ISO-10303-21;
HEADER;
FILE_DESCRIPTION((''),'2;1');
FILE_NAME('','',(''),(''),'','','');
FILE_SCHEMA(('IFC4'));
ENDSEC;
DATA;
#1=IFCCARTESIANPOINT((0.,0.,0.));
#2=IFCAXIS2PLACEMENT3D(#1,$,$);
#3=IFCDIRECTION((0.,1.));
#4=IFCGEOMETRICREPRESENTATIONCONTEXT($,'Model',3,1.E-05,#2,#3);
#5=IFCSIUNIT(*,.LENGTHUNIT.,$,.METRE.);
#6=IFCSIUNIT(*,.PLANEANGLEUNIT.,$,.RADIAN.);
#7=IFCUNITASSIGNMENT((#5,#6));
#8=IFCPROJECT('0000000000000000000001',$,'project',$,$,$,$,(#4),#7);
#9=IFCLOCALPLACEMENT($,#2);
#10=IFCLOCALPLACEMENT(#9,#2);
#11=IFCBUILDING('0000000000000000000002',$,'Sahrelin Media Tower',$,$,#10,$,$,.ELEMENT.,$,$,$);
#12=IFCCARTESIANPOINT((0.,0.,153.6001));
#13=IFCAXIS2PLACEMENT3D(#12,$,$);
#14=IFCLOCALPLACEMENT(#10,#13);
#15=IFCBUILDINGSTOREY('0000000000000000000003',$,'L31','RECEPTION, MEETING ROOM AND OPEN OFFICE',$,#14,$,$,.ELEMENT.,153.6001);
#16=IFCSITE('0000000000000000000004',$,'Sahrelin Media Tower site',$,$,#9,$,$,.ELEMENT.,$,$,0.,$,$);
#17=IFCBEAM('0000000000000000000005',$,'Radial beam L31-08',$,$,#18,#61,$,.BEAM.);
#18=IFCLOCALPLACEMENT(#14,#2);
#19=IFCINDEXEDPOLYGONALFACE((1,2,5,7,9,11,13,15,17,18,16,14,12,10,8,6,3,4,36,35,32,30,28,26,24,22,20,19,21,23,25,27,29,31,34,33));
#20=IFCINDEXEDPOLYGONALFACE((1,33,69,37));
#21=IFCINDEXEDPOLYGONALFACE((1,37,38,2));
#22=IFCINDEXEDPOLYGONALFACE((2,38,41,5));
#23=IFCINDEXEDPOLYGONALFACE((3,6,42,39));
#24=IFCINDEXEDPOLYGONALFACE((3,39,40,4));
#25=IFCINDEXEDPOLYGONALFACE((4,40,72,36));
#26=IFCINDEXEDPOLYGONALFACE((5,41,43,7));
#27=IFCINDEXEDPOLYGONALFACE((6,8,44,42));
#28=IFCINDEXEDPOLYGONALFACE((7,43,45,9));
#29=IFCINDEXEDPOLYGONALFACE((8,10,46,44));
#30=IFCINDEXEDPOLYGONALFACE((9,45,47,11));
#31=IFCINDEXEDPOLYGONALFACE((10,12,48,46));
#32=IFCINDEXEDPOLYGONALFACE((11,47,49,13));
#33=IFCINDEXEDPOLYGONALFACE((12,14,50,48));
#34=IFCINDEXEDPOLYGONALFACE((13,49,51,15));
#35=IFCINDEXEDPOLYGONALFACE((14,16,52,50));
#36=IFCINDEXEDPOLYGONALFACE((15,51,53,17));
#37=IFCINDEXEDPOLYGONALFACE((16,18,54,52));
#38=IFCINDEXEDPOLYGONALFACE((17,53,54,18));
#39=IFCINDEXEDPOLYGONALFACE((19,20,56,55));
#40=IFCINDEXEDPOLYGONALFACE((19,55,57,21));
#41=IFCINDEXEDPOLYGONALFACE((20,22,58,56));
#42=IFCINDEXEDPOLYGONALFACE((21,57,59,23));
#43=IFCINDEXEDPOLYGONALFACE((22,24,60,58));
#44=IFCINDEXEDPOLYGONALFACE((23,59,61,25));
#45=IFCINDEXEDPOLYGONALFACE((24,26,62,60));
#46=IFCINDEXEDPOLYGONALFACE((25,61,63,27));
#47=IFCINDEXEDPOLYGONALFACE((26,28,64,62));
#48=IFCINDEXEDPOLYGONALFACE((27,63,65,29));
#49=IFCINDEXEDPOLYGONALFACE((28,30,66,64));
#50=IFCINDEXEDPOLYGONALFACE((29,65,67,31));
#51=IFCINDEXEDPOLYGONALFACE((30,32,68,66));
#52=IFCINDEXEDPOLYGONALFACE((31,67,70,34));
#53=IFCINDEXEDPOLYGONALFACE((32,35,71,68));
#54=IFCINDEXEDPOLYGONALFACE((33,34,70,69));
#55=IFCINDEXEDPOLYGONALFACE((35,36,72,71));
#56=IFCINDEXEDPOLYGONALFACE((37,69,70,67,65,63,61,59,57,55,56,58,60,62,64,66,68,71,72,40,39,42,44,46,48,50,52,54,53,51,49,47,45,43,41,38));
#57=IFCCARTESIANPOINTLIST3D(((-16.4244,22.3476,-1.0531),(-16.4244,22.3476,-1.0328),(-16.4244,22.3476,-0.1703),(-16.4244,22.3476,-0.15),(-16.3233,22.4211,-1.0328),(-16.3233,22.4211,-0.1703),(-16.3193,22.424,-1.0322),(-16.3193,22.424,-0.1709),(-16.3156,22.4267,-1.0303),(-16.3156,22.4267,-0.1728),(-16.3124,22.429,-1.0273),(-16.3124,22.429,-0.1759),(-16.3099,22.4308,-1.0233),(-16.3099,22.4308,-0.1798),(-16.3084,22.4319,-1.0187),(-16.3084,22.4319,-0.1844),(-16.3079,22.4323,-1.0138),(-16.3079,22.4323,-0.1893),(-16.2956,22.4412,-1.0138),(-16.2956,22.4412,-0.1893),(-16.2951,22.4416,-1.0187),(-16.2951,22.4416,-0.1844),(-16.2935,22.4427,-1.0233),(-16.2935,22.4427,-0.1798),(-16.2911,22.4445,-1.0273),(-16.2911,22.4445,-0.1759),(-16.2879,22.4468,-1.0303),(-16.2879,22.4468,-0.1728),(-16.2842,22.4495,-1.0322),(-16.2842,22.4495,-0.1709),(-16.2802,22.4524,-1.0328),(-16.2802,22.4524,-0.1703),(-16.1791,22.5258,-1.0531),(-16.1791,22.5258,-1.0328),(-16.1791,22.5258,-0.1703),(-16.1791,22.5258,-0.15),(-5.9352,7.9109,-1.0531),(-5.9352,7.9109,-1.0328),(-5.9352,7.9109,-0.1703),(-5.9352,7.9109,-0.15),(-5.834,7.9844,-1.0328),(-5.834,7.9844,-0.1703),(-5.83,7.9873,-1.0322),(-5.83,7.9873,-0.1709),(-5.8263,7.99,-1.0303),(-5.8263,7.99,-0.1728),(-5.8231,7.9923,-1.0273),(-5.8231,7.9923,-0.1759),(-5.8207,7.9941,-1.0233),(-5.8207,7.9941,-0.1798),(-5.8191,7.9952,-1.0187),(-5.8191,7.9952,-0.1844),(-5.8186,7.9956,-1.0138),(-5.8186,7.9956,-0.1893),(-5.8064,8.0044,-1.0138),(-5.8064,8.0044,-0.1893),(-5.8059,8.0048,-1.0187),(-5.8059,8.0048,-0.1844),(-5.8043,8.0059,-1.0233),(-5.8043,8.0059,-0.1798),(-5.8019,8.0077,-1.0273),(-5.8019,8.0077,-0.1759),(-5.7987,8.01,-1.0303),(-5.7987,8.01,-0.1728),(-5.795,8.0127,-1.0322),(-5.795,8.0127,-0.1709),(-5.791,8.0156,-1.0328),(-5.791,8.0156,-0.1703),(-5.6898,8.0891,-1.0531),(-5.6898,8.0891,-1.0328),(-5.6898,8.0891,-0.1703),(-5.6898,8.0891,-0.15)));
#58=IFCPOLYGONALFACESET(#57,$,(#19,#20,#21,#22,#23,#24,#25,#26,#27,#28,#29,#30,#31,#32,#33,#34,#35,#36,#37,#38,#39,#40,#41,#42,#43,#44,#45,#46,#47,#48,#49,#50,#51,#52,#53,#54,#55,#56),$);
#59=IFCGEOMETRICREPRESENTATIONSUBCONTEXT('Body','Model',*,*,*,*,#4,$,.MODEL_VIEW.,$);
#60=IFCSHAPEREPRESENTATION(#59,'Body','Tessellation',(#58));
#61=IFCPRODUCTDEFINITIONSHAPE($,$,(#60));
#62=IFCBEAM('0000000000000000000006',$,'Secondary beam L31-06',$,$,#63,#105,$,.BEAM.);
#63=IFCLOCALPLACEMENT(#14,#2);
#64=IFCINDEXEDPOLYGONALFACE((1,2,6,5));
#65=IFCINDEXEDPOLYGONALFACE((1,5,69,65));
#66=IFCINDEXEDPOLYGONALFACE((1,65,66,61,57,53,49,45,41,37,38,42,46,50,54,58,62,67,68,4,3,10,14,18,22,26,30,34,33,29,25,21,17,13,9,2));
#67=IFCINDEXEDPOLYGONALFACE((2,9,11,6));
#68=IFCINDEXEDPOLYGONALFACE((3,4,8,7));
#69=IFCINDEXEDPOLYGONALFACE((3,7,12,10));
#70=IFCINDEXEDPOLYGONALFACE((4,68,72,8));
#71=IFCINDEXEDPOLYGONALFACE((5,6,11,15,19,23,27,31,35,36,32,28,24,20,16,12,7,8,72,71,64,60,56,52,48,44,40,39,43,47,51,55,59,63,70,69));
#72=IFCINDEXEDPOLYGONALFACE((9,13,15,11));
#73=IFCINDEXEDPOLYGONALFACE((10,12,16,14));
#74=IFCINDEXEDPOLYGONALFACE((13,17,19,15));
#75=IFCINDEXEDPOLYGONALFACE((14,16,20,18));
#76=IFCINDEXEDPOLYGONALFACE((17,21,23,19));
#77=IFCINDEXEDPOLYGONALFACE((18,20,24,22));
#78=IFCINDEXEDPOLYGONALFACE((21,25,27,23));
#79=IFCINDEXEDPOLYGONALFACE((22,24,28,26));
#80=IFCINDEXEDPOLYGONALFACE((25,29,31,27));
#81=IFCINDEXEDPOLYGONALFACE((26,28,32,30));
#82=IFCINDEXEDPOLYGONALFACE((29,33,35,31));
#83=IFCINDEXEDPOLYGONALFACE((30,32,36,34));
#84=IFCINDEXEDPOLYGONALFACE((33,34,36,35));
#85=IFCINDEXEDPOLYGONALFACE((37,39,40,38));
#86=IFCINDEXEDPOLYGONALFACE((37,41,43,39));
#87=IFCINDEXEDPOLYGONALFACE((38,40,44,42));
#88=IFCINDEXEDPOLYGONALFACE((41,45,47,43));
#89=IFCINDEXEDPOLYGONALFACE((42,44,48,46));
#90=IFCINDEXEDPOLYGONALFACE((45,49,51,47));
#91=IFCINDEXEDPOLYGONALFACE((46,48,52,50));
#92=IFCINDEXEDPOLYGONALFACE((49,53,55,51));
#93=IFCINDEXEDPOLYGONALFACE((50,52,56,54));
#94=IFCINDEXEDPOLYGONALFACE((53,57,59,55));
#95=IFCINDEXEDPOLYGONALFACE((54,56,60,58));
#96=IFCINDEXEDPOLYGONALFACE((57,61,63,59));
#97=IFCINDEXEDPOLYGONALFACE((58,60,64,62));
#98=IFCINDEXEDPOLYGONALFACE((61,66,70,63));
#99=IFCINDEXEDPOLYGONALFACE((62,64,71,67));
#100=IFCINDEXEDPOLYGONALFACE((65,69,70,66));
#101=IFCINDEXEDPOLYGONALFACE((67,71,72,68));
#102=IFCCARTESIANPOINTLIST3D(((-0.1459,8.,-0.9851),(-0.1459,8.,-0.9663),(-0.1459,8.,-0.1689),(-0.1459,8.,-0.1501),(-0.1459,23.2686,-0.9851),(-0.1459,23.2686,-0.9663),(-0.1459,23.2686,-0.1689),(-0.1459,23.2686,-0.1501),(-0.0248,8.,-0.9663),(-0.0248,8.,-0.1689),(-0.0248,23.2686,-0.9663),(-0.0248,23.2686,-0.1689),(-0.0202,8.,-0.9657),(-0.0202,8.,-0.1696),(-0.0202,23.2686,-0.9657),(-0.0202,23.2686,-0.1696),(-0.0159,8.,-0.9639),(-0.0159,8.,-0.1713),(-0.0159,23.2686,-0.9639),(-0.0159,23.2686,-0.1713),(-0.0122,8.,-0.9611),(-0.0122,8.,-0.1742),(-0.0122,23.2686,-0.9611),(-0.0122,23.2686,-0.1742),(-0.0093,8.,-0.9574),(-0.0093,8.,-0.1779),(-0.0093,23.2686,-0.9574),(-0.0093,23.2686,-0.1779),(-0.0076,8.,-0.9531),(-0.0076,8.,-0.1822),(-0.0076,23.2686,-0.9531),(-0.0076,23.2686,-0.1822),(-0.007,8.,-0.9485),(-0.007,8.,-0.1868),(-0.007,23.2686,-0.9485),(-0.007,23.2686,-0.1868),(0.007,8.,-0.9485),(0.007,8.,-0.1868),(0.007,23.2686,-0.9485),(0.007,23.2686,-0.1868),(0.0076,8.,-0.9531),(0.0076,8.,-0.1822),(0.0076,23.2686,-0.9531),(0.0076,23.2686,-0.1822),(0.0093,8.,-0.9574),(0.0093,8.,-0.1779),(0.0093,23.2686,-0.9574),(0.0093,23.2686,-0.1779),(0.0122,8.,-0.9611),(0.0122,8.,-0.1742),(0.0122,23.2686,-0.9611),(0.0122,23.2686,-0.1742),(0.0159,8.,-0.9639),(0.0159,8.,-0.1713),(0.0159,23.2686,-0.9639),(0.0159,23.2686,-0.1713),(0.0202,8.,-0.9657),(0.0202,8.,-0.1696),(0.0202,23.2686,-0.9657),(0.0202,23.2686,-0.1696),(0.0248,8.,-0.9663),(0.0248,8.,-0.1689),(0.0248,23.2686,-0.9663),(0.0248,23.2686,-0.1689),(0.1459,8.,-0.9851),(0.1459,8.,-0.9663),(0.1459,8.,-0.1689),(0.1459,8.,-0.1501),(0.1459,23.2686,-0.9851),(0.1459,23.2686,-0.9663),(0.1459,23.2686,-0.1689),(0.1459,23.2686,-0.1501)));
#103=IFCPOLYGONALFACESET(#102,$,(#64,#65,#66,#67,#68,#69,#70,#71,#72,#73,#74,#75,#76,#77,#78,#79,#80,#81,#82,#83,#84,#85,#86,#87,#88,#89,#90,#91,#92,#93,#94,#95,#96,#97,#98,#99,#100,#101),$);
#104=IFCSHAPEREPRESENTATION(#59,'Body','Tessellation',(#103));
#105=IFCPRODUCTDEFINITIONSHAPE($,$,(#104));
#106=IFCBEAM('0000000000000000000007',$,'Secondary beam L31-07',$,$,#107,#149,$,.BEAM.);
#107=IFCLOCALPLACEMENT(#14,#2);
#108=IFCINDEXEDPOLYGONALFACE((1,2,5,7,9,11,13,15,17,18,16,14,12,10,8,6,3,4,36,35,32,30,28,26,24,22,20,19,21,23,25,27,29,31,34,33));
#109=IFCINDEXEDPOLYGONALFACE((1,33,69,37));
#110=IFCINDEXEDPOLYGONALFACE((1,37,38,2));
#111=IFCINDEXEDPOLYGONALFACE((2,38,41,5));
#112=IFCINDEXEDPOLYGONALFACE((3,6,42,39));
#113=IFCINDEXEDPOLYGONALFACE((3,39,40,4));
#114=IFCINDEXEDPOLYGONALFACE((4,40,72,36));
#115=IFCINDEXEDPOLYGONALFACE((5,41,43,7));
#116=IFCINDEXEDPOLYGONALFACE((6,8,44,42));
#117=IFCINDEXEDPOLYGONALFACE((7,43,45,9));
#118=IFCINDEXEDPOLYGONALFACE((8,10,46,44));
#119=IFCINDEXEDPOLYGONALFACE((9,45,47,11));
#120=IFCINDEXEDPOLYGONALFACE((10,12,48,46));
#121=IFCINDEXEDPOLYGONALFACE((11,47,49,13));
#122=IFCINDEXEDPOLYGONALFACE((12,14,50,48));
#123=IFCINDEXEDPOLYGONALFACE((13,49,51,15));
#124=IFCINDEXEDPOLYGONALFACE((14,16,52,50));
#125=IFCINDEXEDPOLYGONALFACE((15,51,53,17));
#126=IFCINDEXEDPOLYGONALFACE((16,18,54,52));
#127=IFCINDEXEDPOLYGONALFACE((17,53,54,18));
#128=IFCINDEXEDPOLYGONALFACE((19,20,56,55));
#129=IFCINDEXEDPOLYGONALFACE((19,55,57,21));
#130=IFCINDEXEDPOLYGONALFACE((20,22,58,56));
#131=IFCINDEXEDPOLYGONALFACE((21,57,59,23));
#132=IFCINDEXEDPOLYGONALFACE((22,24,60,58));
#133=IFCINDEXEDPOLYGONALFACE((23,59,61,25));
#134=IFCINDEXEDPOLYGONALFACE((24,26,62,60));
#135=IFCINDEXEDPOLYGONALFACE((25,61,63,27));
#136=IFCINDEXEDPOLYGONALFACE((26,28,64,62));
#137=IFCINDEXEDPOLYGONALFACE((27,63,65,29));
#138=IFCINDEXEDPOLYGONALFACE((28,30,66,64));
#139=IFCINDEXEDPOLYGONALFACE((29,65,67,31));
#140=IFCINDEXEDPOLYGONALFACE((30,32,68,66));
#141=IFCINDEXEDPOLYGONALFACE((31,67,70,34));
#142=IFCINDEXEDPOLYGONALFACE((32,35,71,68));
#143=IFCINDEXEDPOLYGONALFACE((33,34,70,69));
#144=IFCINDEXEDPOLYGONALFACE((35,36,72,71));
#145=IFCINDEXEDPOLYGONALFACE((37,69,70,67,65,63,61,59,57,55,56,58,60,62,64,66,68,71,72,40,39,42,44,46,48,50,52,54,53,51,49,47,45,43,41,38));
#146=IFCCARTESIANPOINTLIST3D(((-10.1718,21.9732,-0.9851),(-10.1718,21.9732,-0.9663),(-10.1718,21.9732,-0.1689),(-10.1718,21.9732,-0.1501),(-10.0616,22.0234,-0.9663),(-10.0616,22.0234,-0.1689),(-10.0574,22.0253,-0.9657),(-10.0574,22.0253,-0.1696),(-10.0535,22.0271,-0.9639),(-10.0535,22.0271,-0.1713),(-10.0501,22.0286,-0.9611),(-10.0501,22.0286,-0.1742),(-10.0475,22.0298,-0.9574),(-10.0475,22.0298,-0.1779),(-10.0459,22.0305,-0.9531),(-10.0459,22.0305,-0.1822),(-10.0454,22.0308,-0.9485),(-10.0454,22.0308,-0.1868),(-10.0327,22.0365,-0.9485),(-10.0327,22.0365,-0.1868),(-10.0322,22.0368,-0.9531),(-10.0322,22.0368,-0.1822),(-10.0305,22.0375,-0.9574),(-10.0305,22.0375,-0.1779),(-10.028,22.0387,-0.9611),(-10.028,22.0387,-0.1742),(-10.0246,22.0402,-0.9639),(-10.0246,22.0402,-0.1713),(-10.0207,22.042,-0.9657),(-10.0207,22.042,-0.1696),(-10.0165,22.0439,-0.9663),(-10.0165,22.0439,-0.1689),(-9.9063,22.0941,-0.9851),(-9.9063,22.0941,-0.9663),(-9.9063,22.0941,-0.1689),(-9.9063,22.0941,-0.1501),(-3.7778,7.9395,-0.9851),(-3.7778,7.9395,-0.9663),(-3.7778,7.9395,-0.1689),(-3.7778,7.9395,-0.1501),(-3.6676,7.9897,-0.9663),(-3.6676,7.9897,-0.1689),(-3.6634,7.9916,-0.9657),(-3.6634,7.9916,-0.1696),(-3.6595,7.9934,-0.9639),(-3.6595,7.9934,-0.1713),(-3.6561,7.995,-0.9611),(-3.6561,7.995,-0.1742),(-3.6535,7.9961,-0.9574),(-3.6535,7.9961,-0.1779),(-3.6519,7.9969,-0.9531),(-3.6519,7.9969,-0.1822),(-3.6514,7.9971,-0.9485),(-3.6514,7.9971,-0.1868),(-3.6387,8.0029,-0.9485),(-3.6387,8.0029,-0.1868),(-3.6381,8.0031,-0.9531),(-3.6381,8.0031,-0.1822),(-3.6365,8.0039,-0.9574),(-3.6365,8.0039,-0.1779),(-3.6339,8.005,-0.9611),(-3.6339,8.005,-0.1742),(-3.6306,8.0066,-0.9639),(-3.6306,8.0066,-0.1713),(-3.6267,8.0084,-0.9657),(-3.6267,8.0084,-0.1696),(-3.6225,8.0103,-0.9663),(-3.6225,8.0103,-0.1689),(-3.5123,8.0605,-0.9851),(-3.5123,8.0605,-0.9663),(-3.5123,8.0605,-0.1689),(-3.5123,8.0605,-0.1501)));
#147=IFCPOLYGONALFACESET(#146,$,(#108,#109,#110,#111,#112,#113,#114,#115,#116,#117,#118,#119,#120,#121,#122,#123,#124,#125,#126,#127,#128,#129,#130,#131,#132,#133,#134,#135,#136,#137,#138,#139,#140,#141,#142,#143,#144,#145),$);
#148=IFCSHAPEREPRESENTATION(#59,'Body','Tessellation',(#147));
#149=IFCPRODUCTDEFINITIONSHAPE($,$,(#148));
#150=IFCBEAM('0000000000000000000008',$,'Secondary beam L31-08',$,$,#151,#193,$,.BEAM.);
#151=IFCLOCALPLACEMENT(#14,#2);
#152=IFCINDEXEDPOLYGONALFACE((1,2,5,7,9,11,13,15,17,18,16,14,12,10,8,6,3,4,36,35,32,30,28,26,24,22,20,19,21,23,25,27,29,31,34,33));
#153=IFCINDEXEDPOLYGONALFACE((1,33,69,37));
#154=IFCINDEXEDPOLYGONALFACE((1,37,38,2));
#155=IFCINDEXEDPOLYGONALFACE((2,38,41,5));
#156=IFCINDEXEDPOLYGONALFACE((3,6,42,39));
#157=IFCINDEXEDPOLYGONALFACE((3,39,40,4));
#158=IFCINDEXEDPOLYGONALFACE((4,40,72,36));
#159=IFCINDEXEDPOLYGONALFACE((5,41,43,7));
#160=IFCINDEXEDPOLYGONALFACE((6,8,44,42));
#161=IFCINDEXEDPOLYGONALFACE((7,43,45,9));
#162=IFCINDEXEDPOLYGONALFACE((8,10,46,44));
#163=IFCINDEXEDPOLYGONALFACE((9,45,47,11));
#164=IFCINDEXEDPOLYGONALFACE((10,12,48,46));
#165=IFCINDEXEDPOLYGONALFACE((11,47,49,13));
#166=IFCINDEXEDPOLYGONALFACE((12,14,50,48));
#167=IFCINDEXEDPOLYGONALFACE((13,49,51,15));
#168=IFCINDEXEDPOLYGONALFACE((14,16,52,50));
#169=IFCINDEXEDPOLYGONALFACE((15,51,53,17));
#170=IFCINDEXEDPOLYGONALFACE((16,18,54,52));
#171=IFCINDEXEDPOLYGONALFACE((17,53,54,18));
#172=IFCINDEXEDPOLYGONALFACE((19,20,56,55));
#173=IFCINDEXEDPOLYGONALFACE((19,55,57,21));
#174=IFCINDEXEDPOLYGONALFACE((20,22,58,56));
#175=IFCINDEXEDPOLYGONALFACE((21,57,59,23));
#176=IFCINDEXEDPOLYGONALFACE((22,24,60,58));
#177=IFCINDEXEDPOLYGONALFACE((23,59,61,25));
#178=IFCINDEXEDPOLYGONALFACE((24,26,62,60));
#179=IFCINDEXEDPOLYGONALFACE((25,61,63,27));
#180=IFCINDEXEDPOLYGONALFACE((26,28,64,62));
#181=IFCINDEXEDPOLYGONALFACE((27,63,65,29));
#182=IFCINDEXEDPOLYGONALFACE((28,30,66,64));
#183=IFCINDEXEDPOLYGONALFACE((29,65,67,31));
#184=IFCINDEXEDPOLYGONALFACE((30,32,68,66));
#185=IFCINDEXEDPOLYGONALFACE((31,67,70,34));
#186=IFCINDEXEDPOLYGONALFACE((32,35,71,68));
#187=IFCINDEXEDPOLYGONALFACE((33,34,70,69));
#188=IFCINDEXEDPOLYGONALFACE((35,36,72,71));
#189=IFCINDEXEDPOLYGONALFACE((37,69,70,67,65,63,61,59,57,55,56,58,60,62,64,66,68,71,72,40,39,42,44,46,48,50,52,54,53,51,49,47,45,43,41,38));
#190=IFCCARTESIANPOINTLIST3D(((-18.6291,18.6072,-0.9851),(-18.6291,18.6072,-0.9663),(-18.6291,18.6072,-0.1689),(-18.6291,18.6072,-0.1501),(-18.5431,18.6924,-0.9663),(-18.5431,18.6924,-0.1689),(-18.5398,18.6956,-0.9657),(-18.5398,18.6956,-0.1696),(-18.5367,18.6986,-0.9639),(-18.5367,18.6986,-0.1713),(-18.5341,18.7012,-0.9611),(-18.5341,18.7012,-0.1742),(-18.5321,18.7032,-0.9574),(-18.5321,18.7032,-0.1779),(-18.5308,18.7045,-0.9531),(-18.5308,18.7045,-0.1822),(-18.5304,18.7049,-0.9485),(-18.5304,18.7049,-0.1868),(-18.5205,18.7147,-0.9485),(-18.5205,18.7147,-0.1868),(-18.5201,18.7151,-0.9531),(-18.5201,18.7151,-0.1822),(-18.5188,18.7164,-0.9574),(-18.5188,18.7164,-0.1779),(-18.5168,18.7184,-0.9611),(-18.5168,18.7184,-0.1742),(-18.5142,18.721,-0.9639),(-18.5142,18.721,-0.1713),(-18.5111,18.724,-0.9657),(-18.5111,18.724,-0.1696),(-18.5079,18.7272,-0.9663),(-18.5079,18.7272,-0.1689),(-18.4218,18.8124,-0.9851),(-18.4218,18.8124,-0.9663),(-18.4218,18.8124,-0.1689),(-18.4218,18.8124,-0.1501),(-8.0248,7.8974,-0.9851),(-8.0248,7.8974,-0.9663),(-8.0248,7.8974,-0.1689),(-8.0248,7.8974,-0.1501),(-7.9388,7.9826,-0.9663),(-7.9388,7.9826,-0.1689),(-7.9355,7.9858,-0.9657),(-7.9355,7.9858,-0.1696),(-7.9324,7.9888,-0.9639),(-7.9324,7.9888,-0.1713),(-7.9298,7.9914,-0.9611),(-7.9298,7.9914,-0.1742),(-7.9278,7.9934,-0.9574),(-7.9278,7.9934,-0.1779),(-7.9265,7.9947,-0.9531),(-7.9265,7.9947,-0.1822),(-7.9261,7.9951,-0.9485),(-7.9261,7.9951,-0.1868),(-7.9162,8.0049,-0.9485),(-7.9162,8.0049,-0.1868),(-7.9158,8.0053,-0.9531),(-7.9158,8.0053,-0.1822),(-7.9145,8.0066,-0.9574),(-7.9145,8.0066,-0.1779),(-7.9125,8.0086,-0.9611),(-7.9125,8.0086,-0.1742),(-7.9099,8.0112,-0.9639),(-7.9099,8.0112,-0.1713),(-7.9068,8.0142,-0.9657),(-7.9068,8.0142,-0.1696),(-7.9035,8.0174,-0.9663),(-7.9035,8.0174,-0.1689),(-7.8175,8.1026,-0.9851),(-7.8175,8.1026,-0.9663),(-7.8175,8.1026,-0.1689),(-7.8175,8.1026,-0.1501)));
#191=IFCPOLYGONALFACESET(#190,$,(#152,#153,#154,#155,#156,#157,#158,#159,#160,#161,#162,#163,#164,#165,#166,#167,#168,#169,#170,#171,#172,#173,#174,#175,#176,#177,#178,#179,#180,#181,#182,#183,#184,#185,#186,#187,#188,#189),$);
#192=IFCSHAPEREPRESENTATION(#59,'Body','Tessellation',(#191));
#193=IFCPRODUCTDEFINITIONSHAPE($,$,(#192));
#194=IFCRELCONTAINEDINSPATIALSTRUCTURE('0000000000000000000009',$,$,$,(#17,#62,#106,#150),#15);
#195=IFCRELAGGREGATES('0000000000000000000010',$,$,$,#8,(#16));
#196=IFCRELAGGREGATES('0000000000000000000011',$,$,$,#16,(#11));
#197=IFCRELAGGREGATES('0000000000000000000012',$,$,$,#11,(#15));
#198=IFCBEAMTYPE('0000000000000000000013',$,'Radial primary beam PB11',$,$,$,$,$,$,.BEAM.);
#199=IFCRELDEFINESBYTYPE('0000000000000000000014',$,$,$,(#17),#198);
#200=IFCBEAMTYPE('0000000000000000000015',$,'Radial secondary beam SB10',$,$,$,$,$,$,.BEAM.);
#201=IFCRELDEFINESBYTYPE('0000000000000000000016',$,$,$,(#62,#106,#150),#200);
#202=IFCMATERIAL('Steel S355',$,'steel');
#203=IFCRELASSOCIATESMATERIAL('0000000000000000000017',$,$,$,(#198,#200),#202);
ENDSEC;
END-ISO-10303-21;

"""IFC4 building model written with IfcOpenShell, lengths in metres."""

from ifc_helpers import new_model, si_unit, direction, frame, origin, origin_2d, place, context, subcontext, project, spatial, i_section, extrude, material, material_profile, profile_set, type_object, element, save


model = new_model("IFC4")

# Units and contexts
model_context = context("Model", 3, precision=1e-05, world=origin(), true_north=direction((0.0, 1.0)))
body_context = subcontext(model_context, "Body", "Model", "MODEL_VIEW")
ifc_project = project(units=[si_unit("LENGTHUNIT", "METRE"), si_unit("PLANEANGLEUNIT", "RADIAN")], contexts=[model_context])

# Site, building, storey
site_placement = place(None, origin())
site = spatial("IfcSite", under=ifc_project, at=site_placement, Name="Sahrelin Media Tower site", CompositionType="ELEMENT", RefElevation=0.0)
building_placement = place(site_placement, origin())
building = spatial("IfcBuilding", under=site, at=building_placement, Name="Sahrelin Media Tower", CompositionType="ELEMENT")
storey_placement = place(building_placement, frame((0.0, 0.0, 153.6001)))
storey = spatial("IfcBuildingStorey", under=building, at=storey_placement, Name="L31", Description="RECEPTION, MEETING ROOM AND OPEN OFFICE", CompositionType="ELEMENT", Elevation=153.6001)

# Shared definitions
ifc_material_1 = material(Name="Steel S355", Category="steel")

# Beams
ifc_material_profile_1 = material_profile(ifc_material_1, i_section(OverallWidth=0.3032, OverallDepth=0.9031, WebThickness=0.0151, FlangeThickness=0.0203, FilletRadius=0.019, at=origin_2d()), Name="UB 914x305x201")
ifc_profile_set_1 = profile_set([ifc_material_profile_1], Name="Steel S355")
beam_type_1 = type_object("IfcBeamType", Name="Radial primary beam PB11", PredefinedType="BEAM", material=ifc_profile_set_1)
beam_1_placement = place(storey_placement, frame((-5.8125, 8.0, -0.6016), z_axis=(-0.587797, 0.809008, 0.0), x_axis=(-0.809008, -0.587797, 0.0)))
element("IfcBeam", 1, at=beam_1_placement, inside=storey, type_object=beam_type_1, Name="Radial beam L31-08", PredefinedType="BEAM", context=body_context, shape_type="SweptSolid", body=[
    extrude(i_section(OverallWidth=0.3032, OverallDepth=0.9031, WebThickness=0.0151, FlangeThickness=0.0203, FilletRadius=0.019, at=origin_2d()), origin(), (0.0, 0.0, 1.0), 17.845),
])
ifc_material_profile_2 = material_profile(ifc_material_1, i_section(OverallWidth=0.2917, OverallDepth=0.835, WebThickness=0.0139, FlangeThickness=0.0188, FilletRadius=0.0178, at=origin_2d()), Name="UB 838x292x176")
ifc_profile_set_2 = profile_set([ifc_material_profile_2], Name="Steel S355")
beam_type_2 = type_object("IfcBeamType", Name="Radial secondary beam SB10", PredefinedType="BEAM", material=ifc_profile_set_2)
beam_2_placement = place(storey_placement, frame((0.0, 8.0, -0.5676), z_axis=(0.0, 1.0, 0.0), x_axis=(-1.0, 0.0, 0.0)))
element("IfcBeam", 2, at=beam_2_placement, inside=storey, type_object=beam_type_2, Name="Secondary beam L31-06", PredefinedType="BEAM", context=body_context, shape_type="SweptSolid", body=[
    extrude(i_section(OverallWidth=0.2917, OverallDepth=0.835, WebThickness=0.0139, FlangeThickness=0.0188, FilletRadius=0.0178, at=origin_2d()), origin(), (0.0, 0.0, 1.0), 15.2686),
])
beam_3_placement = place(storey_placement, frame((-3.645, 8.0, -0.5676), z_axis=(-0.414614, 0.909997, 0.0), x_axis=(-0.909997, -0.414614, 0.0)))
element("IfcBeam", 3, at=beam_3_placement, inside=storey, type_object=beam_type_2, Name="Secondary beam L31-07", PredefinedType="BEAM", context=body_context, shape_type="SweptSolid", body=[
    extrude(i_section(OverallWidth=0.2917, OverallDepth=0.835, WebThickness=0.0139, FlangeThickness=0.0188, FilletRadius=0.0178, at=origin_2d()), origin(), (0.0, 0.0, 1.0), 15.4216),
])
beam_4_placement = place(storey_placement, frame((-7.9211, 8.0, -0.5676), z_axis=(-0.703599, 0.710597, 0.0), x_axis=(-0.710597, -0.703599, 0.0)))
element("IfcBeam", 4, at=beam_4_placement, inside=storey, type_object=beam_type_2, Name="Secondary beam L31-08", PredefinedType="BEAM", context=body_context, shape_type="SweptSolid", body=[
    extrude(i_section(OverallWidth=0.2917, OverallDepth=0.835, WebThickness=0.0139, FlangeThickness=0.0188, FilletRadius=0.0178, at=origin_2d()), origin(), (0.0, 0.0, 1.0), 15.0715),
])

save(model, "model.ifc")
